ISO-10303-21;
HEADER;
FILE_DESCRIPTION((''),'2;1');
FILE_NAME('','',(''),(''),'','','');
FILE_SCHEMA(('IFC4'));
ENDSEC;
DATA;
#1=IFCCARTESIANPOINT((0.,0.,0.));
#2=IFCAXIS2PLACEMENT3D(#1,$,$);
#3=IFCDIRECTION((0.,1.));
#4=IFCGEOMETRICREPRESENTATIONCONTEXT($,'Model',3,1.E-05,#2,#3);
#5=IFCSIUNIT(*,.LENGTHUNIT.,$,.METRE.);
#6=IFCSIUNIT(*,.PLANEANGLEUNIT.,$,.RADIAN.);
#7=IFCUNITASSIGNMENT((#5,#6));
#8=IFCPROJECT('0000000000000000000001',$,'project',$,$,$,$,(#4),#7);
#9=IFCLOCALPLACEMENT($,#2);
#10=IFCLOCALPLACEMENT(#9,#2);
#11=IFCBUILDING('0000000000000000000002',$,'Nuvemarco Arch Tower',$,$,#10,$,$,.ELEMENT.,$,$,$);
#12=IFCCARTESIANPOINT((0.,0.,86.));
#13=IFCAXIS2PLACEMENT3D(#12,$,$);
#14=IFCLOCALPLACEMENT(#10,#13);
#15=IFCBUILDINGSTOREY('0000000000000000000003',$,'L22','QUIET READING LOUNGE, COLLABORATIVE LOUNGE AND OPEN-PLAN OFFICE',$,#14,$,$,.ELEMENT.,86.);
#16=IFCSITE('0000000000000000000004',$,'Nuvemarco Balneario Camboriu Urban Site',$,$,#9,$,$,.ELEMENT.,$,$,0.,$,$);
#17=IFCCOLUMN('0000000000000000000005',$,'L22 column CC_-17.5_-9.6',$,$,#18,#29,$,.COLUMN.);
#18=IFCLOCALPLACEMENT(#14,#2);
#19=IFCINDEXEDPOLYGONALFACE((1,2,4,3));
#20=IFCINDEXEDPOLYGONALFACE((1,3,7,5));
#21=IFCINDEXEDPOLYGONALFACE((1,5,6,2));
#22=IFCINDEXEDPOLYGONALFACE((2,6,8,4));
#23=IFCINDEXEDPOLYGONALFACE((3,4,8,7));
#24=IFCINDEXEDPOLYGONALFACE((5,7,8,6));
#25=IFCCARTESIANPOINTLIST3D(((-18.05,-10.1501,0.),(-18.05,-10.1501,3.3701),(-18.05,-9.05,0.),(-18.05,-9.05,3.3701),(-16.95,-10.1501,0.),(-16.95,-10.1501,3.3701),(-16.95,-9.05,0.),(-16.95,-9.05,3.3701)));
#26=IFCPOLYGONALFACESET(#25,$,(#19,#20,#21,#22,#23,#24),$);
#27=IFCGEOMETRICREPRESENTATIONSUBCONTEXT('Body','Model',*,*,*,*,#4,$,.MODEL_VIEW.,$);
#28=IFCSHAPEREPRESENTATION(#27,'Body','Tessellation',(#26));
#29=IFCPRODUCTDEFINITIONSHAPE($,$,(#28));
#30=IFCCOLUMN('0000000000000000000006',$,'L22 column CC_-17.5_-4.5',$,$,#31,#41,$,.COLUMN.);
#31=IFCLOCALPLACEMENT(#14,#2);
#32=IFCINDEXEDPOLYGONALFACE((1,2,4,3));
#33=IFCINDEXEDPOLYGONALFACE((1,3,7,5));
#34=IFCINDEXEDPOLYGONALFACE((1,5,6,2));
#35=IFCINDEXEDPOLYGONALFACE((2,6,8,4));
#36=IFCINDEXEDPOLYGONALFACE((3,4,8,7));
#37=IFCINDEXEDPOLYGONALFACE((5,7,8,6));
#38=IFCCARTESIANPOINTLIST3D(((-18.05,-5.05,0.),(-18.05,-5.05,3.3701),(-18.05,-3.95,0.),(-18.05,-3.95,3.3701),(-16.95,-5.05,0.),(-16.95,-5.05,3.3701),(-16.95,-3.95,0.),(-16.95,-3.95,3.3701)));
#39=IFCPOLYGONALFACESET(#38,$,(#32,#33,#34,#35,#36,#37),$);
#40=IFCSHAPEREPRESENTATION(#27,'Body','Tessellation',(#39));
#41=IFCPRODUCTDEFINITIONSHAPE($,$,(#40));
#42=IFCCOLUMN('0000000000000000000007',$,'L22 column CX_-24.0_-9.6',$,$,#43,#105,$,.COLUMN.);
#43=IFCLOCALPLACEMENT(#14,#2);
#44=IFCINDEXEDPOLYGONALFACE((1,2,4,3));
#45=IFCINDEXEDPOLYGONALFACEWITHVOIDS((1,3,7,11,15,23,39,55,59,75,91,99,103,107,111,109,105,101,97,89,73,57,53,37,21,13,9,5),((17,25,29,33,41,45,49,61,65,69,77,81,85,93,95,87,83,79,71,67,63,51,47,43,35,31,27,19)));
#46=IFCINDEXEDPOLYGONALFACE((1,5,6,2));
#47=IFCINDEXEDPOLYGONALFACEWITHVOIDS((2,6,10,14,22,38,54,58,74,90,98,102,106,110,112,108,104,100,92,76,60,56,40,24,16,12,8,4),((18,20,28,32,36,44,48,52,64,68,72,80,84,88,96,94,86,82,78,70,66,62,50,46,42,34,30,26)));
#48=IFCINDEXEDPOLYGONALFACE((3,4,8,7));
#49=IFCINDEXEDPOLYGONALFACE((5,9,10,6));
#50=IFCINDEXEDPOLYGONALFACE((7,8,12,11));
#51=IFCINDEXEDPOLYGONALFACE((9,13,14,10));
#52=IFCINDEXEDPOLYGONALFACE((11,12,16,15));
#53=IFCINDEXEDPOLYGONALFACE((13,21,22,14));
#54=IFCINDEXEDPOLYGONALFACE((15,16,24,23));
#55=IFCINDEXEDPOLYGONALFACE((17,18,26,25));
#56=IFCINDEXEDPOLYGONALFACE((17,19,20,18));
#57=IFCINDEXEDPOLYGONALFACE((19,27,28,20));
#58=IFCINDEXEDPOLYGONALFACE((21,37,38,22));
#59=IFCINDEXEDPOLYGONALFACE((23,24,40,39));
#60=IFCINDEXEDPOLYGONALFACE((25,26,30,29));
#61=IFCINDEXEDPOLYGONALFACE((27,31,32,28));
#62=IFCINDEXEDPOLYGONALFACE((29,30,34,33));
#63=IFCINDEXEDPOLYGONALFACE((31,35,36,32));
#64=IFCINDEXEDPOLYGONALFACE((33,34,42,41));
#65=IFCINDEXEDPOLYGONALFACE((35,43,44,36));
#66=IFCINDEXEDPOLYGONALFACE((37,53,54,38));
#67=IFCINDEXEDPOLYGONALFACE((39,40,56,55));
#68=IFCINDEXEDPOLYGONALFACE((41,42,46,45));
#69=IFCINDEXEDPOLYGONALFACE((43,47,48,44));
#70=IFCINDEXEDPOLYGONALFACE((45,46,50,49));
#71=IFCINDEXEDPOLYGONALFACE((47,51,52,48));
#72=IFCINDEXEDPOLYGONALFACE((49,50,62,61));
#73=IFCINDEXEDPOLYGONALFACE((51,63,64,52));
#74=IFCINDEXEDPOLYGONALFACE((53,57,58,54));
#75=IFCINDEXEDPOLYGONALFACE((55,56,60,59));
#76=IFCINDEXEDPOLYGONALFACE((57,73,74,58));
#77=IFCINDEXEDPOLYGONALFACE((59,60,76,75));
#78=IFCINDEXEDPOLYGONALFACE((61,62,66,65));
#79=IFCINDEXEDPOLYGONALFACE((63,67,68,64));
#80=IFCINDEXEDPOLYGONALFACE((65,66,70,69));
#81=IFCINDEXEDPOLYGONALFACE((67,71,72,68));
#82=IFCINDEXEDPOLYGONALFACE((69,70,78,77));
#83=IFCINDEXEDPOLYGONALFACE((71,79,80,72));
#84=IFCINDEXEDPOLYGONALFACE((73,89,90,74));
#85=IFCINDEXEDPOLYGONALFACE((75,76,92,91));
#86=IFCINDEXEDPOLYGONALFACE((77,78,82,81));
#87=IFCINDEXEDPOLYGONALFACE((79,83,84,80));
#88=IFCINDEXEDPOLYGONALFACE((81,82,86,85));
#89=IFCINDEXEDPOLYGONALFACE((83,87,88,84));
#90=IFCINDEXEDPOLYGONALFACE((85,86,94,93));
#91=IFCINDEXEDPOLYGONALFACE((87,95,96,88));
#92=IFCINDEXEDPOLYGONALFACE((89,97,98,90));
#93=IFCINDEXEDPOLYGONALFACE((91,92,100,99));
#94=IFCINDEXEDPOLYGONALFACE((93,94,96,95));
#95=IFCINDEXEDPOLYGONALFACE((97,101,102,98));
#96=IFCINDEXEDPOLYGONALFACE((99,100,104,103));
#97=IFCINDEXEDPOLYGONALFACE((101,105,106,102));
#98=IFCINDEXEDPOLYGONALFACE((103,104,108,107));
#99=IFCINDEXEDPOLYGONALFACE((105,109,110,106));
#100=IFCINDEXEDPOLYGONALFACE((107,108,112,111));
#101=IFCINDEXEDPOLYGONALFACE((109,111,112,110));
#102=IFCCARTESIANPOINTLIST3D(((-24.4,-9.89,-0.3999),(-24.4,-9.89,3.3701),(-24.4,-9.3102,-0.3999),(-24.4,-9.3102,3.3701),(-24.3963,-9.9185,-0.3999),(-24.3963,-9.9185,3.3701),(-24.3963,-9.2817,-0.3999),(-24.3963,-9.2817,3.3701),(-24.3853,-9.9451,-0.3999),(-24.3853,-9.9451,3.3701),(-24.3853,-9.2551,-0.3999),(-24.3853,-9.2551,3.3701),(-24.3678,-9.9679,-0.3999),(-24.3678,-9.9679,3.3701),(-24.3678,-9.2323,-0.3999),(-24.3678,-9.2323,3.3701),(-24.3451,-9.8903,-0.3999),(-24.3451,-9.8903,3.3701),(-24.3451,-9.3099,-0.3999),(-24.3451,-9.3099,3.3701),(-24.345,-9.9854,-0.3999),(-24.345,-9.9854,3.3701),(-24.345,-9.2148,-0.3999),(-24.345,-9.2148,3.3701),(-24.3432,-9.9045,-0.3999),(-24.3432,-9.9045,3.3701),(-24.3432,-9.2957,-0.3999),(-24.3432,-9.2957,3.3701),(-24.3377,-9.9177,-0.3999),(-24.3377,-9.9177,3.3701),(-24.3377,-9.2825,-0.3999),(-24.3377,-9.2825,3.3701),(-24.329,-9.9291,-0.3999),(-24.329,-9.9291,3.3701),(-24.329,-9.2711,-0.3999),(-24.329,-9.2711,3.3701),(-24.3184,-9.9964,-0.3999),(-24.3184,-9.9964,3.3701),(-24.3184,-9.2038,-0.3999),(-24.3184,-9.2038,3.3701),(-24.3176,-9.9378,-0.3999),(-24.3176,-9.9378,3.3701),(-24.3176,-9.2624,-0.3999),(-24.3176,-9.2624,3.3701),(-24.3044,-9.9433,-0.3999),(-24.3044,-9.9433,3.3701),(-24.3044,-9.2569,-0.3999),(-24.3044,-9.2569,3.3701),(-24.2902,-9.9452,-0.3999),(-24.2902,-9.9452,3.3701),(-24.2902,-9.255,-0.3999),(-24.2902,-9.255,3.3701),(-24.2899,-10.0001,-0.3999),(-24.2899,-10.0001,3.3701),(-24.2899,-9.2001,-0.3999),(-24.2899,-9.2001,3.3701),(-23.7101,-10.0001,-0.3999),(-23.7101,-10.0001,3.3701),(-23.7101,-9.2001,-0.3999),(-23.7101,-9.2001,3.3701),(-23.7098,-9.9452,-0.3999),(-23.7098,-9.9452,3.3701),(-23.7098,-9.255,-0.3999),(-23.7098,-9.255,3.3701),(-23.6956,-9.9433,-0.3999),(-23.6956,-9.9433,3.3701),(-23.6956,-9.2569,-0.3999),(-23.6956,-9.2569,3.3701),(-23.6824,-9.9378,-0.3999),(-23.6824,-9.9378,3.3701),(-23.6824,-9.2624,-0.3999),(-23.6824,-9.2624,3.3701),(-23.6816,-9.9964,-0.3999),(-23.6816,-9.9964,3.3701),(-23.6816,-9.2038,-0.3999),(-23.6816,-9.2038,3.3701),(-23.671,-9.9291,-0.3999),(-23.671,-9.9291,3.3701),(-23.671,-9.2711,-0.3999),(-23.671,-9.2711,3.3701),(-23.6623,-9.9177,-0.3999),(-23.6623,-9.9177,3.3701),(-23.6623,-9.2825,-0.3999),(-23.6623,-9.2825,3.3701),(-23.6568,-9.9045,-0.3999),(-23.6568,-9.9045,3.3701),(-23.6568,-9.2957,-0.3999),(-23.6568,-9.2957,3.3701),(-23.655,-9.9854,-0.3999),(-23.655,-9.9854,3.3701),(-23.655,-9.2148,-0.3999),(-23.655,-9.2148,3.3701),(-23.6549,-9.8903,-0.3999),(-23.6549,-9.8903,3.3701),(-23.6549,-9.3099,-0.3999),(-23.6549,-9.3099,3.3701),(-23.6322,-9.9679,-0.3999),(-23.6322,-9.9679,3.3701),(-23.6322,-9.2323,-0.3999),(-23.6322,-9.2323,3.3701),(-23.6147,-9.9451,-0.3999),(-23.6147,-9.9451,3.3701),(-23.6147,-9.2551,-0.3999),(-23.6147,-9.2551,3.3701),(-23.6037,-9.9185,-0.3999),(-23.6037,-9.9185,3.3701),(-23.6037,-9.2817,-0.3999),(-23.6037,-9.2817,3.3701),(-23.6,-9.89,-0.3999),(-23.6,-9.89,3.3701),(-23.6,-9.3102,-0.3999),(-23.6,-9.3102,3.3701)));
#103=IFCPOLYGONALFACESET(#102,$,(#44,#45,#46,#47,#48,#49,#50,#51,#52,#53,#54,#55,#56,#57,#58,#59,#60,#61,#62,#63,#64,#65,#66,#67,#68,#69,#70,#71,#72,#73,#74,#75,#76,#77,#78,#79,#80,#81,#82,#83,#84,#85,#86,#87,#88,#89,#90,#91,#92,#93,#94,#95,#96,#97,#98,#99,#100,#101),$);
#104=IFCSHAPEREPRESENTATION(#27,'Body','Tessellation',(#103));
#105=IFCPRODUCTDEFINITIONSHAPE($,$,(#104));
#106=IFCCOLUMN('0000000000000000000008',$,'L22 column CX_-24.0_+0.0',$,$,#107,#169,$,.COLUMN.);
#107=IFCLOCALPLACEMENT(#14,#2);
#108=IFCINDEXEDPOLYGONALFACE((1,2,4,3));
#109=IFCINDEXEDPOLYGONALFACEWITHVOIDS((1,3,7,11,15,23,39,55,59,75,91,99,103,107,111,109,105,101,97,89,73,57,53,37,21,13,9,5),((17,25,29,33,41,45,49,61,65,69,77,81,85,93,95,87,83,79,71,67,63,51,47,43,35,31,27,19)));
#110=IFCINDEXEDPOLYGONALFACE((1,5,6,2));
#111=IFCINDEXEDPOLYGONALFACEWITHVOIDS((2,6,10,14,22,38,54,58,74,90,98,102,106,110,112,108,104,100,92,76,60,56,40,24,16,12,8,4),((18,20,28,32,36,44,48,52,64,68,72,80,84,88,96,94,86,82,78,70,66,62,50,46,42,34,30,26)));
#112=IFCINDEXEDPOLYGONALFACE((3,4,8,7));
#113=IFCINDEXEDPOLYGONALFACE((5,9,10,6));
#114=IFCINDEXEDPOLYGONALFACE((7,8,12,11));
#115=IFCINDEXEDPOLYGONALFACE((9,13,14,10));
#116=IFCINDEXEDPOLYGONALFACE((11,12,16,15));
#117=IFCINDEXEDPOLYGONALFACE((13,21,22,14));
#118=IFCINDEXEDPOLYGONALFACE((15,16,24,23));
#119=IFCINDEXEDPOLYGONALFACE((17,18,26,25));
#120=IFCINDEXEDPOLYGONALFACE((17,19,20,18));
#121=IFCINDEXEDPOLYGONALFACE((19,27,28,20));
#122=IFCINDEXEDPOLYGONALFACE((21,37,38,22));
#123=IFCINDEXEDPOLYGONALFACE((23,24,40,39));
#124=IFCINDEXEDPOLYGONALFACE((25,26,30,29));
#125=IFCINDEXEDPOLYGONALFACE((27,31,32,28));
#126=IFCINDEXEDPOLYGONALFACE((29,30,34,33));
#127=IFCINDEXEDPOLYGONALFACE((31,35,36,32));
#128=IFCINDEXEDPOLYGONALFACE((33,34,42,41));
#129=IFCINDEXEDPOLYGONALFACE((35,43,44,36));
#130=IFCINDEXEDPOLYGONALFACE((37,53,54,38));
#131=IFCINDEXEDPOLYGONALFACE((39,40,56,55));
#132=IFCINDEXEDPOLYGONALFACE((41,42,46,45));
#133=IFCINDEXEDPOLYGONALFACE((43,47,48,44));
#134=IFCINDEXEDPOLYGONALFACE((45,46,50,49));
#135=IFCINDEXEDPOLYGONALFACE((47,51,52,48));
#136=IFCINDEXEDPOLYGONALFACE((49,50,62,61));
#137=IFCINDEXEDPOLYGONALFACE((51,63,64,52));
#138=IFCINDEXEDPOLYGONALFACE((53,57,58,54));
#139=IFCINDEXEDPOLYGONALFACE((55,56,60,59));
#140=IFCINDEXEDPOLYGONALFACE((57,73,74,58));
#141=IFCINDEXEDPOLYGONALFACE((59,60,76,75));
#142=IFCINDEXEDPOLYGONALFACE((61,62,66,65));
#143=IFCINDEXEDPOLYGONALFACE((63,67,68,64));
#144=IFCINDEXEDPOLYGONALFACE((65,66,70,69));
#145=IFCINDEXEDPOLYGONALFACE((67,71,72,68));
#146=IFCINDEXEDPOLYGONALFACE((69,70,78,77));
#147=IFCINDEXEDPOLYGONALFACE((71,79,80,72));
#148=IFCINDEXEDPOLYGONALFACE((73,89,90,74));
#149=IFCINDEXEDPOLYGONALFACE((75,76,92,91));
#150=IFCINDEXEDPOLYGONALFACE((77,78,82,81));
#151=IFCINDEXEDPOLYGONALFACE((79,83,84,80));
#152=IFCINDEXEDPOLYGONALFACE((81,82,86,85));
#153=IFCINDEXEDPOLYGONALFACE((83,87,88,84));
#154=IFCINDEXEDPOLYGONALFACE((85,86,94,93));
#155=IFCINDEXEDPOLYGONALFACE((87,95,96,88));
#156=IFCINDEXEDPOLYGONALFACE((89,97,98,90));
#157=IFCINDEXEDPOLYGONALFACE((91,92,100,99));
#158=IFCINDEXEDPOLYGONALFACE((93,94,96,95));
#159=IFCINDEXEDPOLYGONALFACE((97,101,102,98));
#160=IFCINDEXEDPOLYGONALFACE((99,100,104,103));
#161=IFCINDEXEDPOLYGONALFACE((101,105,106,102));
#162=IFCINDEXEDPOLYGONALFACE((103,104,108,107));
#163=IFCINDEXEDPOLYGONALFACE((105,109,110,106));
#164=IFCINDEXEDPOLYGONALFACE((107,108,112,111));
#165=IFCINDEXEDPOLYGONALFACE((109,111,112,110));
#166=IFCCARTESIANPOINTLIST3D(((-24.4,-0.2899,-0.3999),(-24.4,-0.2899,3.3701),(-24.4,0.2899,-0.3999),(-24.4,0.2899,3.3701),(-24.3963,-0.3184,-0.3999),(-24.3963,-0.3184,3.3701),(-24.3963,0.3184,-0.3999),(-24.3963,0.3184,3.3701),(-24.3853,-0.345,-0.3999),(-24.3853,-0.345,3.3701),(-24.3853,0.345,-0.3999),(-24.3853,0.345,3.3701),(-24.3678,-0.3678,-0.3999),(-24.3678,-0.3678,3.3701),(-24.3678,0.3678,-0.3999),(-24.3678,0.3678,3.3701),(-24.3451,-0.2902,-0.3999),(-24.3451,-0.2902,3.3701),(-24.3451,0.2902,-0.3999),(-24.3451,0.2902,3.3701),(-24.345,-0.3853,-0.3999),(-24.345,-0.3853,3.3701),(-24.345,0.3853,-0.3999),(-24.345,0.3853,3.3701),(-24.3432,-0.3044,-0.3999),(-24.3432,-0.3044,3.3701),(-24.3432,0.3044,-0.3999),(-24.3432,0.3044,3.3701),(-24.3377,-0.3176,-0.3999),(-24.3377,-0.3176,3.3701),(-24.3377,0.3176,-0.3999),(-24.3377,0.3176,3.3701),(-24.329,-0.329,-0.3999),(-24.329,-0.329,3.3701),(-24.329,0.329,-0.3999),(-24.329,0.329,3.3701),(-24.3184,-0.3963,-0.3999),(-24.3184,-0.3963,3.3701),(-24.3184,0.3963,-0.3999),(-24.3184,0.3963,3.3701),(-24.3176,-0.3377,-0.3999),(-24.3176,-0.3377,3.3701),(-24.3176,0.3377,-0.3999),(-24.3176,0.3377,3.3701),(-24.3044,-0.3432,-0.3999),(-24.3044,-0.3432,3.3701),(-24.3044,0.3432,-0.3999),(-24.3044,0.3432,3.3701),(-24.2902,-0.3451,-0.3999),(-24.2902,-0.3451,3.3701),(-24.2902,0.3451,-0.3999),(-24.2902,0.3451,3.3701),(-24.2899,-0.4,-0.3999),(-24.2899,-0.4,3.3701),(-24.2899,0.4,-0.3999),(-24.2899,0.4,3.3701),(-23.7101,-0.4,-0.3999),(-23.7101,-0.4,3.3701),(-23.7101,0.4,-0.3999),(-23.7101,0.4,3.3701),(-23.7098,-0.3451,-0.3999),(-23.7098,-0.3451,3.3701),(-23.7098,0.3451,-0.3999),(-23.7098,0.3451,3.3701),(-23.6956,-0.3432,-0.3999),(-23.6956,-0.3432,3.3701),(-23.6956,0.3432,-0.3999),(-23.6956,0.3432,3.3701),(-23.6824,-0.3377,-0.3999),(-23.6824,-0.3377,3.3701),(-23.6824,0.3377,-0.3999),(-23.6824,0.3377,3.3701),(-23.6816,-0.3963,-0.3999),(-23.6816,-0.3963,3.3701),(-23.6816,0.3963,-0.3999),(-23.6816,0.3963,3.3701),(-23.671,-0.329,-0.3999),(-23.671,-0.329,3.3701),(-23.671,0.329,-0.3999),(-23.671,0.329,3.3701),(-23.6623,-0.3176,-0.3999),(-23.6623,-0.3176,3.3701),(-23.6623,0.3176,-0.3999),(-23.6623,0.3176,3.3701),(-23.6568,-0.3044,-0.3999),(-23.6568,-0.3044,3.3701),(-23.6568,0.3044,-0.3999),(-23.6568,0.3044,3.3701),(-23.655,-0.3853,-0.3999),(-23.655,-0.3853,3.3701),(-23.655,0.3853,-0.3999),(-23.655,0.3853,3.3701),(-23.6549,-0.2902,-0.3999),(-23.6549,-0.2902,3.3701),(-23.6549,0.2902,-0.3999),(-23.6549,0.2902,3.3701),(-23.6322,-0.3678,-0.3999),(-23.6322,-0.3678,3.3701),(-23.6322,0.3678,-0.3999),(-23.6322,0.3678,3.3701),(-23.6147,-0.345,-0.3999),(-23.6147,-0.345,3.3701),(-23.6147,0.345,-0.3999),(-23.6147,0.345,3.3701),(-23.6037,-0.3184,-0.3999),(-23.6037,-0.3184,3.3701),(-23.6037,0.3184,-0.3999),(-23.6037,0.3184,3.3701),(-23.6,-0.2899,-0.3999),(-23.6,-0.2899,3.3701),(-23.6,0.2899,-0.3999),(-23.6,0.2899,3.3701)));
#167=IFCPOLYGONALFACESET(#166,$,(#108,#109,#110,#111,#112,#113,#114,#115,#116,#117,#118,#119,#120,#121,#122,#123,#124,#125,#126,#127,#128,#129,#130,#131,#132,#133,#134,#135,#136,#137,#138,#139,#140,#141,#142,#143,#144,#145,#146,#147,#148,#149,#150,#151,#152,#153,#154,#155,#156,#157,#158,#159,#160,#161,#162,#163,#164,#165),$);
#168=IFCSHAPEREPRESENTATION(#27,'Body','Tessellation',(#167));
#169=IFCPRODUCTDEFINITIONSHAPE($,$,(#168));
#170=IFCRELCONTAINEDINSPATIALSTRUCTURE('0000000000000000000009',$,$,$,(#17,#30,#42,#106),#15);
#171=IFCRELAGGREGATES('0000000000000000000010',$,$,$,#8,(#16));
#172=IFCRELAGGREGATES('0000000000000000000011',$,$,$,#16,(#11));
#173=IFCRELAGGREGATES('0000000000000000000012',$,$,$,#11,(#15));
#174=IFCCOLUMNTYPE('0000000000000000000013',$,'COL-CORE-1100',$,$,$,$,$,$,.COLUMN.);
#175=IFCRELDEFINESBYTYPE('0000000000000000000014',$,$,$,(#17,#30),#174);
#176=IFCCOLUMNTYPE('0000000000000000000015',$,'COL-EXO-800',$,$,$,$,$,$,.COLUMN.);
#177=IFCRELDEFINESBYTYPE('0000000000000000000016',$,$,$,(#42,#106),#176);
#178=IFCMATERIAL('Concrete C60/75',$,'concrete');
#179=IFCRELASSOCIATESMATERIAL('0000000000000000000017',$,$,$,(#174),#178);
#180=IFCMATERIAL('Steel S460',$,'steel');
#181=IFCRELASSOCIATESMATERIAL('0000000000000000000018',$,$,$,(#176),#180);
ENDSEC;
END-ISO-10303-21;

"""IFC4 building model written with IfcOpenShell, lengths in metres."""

from ifc_helpers import new_model, si_unit, direction, frame, origin, origin_2d, place, context, subcontext, project, spatial, rectangle, hollow_rectangle, extrude, material, material_profile, profile_set, type_object, element, save


model = new_model("IFC4")

# Units and contexts
model_context = context("Model", 3, precision=1e-05, world=origin(), true_north=direction((0.0, 1.0)))
body_context = subcontext(model_context, "Body", "Model", "MODEL_VIEW")
ifc_project = project(units=[si_unit("LENGTHUNIT", "METRE"), si_unit("PLANEANGLEUNIT", "RADIAN")], contexts=[model_context])

# Site, building, storey
site_placement = place(None, origin())
site = spatial("IfcSite", under=ifc_project, at=site_placement, Name="Nuvemarco Balneario Camboriu Urban Site", CompositionType="ELEMENT", RefElevation=0.0)
building_placement = place(site_placement, origin())
building = spatial("IfcBuilding", under=site, at=building_placement, Name="Nuvemarco Arch Tower", CompositionType="ELEMENT")
storey_placement = place(building_placement, frame((0.0, 0.0, 86.0)))
storey = spatial("IfcBuildingStorey", under=building, at=storey_placement, Name="L22", Description="QUIET READING LOUNGE, COLLABORATIVE LOUNGE AND OPEN-PLAN OFFICE", CompositionType="ELEMENT", Elevation=86.0)

# Columns
ifc_material_1 = material(Name="Concrete C60/75", Category="concrete")
ifc_material_profile_1 = material_profile(ifc_material_1, rectangle(XDim=1.1001, YDim=1.1001, at=origin_2d()), Name="RC-COL-1100x1100")
ifc_profile_set_1 = profile_set([ifc_material_profile_1], Name="Concrete C60/75")
column_type_1 = type_object("IfcColumnType", Name="COL-CORE-1100", PredefinedType="COLUMN", material=ifc_profile_set_1)
for number, where, z_axis, x_axis, name in (
    (1, (-17.5, -9.6001, 0.0), (0.0, 0.0, 1.0), (1.0, 0.0, 0.0), "L22 column CC_-17.5_-9.6"),
    (2, (-17.5, -4.5, 0.0), (0.0, 0.0, 1.0), (1.0, 0.0, 0.0), "L22 column CC_-17.5_-4.5"),
):
    element("IfcColumn", number, at=place(storey_placement, frame(where, z_axis=z_axis, x_axis=x_axis)), inside=storey, type_object=column_type_1, Name=name, PredefinedType="COLUMN", context=body_context, shape_type="SweptSolid", body=[
        extrude(rectangle(XDim=1.1001, YDim=1.1001, at=origin_2d()), origin(), (0.0, 0.0, 1.0), 3.3701),
    ])
ifc_material_2 = material(Name="Steel S460", Category="steel")
ifc_material_profile_2 = material_profile(ifc_material_2, hollow_rectangle(XDim=0.8, YDim=0.8, WallThickness=0.0549, InnerFilletRadius=0.0549, OuterFilletRadius=0.1101, at=origin_2d()), Name="SHS800x800x55")
ifc_profile_set_2 = profile_set([ifc_material_profile_2], Name="Steel S460")
column_type_2 = type_object("IfcColumnType", Name="COL-EXO-800", PredefinedType="COLUMN", material=ifc_profile_set_2)
for number, where, z_axis, x_axis, name in (
    (3, (-24.0, -9.6001, -0.3999), (0.0, 0.0, 1.0), (1.0, 0.0, 0.0), "L22 column CX_-24.0_-9.6"),
    (4, (-24.0, 0.0, -0.3999), (0.0, 0.0, 1.0), (1.0, 0.0, 0.0), "L22 column CX_-24.0_+0.0"),
):
    element("IfcColumn", number, at=place(storey_placement, frame(where, z_axis=z_axis, x_axis=x_axis)), inside=storey, type_object=column_type_2, Name=name, PredefinedType="COLUMN", context=body_context, shape_type="SweptSolid", body=[
        extrude(hollow_rectangle(XDim=0.8, YDim=0.8, WallThickness=0.0549, InnerFilletRadius=0.0549, OuterFilletRadius=0.1101, at=origin_2d()), origin(), (0.0, 0.0, 1.0), 3.77),
    ])

save(model, "model.ifc")
